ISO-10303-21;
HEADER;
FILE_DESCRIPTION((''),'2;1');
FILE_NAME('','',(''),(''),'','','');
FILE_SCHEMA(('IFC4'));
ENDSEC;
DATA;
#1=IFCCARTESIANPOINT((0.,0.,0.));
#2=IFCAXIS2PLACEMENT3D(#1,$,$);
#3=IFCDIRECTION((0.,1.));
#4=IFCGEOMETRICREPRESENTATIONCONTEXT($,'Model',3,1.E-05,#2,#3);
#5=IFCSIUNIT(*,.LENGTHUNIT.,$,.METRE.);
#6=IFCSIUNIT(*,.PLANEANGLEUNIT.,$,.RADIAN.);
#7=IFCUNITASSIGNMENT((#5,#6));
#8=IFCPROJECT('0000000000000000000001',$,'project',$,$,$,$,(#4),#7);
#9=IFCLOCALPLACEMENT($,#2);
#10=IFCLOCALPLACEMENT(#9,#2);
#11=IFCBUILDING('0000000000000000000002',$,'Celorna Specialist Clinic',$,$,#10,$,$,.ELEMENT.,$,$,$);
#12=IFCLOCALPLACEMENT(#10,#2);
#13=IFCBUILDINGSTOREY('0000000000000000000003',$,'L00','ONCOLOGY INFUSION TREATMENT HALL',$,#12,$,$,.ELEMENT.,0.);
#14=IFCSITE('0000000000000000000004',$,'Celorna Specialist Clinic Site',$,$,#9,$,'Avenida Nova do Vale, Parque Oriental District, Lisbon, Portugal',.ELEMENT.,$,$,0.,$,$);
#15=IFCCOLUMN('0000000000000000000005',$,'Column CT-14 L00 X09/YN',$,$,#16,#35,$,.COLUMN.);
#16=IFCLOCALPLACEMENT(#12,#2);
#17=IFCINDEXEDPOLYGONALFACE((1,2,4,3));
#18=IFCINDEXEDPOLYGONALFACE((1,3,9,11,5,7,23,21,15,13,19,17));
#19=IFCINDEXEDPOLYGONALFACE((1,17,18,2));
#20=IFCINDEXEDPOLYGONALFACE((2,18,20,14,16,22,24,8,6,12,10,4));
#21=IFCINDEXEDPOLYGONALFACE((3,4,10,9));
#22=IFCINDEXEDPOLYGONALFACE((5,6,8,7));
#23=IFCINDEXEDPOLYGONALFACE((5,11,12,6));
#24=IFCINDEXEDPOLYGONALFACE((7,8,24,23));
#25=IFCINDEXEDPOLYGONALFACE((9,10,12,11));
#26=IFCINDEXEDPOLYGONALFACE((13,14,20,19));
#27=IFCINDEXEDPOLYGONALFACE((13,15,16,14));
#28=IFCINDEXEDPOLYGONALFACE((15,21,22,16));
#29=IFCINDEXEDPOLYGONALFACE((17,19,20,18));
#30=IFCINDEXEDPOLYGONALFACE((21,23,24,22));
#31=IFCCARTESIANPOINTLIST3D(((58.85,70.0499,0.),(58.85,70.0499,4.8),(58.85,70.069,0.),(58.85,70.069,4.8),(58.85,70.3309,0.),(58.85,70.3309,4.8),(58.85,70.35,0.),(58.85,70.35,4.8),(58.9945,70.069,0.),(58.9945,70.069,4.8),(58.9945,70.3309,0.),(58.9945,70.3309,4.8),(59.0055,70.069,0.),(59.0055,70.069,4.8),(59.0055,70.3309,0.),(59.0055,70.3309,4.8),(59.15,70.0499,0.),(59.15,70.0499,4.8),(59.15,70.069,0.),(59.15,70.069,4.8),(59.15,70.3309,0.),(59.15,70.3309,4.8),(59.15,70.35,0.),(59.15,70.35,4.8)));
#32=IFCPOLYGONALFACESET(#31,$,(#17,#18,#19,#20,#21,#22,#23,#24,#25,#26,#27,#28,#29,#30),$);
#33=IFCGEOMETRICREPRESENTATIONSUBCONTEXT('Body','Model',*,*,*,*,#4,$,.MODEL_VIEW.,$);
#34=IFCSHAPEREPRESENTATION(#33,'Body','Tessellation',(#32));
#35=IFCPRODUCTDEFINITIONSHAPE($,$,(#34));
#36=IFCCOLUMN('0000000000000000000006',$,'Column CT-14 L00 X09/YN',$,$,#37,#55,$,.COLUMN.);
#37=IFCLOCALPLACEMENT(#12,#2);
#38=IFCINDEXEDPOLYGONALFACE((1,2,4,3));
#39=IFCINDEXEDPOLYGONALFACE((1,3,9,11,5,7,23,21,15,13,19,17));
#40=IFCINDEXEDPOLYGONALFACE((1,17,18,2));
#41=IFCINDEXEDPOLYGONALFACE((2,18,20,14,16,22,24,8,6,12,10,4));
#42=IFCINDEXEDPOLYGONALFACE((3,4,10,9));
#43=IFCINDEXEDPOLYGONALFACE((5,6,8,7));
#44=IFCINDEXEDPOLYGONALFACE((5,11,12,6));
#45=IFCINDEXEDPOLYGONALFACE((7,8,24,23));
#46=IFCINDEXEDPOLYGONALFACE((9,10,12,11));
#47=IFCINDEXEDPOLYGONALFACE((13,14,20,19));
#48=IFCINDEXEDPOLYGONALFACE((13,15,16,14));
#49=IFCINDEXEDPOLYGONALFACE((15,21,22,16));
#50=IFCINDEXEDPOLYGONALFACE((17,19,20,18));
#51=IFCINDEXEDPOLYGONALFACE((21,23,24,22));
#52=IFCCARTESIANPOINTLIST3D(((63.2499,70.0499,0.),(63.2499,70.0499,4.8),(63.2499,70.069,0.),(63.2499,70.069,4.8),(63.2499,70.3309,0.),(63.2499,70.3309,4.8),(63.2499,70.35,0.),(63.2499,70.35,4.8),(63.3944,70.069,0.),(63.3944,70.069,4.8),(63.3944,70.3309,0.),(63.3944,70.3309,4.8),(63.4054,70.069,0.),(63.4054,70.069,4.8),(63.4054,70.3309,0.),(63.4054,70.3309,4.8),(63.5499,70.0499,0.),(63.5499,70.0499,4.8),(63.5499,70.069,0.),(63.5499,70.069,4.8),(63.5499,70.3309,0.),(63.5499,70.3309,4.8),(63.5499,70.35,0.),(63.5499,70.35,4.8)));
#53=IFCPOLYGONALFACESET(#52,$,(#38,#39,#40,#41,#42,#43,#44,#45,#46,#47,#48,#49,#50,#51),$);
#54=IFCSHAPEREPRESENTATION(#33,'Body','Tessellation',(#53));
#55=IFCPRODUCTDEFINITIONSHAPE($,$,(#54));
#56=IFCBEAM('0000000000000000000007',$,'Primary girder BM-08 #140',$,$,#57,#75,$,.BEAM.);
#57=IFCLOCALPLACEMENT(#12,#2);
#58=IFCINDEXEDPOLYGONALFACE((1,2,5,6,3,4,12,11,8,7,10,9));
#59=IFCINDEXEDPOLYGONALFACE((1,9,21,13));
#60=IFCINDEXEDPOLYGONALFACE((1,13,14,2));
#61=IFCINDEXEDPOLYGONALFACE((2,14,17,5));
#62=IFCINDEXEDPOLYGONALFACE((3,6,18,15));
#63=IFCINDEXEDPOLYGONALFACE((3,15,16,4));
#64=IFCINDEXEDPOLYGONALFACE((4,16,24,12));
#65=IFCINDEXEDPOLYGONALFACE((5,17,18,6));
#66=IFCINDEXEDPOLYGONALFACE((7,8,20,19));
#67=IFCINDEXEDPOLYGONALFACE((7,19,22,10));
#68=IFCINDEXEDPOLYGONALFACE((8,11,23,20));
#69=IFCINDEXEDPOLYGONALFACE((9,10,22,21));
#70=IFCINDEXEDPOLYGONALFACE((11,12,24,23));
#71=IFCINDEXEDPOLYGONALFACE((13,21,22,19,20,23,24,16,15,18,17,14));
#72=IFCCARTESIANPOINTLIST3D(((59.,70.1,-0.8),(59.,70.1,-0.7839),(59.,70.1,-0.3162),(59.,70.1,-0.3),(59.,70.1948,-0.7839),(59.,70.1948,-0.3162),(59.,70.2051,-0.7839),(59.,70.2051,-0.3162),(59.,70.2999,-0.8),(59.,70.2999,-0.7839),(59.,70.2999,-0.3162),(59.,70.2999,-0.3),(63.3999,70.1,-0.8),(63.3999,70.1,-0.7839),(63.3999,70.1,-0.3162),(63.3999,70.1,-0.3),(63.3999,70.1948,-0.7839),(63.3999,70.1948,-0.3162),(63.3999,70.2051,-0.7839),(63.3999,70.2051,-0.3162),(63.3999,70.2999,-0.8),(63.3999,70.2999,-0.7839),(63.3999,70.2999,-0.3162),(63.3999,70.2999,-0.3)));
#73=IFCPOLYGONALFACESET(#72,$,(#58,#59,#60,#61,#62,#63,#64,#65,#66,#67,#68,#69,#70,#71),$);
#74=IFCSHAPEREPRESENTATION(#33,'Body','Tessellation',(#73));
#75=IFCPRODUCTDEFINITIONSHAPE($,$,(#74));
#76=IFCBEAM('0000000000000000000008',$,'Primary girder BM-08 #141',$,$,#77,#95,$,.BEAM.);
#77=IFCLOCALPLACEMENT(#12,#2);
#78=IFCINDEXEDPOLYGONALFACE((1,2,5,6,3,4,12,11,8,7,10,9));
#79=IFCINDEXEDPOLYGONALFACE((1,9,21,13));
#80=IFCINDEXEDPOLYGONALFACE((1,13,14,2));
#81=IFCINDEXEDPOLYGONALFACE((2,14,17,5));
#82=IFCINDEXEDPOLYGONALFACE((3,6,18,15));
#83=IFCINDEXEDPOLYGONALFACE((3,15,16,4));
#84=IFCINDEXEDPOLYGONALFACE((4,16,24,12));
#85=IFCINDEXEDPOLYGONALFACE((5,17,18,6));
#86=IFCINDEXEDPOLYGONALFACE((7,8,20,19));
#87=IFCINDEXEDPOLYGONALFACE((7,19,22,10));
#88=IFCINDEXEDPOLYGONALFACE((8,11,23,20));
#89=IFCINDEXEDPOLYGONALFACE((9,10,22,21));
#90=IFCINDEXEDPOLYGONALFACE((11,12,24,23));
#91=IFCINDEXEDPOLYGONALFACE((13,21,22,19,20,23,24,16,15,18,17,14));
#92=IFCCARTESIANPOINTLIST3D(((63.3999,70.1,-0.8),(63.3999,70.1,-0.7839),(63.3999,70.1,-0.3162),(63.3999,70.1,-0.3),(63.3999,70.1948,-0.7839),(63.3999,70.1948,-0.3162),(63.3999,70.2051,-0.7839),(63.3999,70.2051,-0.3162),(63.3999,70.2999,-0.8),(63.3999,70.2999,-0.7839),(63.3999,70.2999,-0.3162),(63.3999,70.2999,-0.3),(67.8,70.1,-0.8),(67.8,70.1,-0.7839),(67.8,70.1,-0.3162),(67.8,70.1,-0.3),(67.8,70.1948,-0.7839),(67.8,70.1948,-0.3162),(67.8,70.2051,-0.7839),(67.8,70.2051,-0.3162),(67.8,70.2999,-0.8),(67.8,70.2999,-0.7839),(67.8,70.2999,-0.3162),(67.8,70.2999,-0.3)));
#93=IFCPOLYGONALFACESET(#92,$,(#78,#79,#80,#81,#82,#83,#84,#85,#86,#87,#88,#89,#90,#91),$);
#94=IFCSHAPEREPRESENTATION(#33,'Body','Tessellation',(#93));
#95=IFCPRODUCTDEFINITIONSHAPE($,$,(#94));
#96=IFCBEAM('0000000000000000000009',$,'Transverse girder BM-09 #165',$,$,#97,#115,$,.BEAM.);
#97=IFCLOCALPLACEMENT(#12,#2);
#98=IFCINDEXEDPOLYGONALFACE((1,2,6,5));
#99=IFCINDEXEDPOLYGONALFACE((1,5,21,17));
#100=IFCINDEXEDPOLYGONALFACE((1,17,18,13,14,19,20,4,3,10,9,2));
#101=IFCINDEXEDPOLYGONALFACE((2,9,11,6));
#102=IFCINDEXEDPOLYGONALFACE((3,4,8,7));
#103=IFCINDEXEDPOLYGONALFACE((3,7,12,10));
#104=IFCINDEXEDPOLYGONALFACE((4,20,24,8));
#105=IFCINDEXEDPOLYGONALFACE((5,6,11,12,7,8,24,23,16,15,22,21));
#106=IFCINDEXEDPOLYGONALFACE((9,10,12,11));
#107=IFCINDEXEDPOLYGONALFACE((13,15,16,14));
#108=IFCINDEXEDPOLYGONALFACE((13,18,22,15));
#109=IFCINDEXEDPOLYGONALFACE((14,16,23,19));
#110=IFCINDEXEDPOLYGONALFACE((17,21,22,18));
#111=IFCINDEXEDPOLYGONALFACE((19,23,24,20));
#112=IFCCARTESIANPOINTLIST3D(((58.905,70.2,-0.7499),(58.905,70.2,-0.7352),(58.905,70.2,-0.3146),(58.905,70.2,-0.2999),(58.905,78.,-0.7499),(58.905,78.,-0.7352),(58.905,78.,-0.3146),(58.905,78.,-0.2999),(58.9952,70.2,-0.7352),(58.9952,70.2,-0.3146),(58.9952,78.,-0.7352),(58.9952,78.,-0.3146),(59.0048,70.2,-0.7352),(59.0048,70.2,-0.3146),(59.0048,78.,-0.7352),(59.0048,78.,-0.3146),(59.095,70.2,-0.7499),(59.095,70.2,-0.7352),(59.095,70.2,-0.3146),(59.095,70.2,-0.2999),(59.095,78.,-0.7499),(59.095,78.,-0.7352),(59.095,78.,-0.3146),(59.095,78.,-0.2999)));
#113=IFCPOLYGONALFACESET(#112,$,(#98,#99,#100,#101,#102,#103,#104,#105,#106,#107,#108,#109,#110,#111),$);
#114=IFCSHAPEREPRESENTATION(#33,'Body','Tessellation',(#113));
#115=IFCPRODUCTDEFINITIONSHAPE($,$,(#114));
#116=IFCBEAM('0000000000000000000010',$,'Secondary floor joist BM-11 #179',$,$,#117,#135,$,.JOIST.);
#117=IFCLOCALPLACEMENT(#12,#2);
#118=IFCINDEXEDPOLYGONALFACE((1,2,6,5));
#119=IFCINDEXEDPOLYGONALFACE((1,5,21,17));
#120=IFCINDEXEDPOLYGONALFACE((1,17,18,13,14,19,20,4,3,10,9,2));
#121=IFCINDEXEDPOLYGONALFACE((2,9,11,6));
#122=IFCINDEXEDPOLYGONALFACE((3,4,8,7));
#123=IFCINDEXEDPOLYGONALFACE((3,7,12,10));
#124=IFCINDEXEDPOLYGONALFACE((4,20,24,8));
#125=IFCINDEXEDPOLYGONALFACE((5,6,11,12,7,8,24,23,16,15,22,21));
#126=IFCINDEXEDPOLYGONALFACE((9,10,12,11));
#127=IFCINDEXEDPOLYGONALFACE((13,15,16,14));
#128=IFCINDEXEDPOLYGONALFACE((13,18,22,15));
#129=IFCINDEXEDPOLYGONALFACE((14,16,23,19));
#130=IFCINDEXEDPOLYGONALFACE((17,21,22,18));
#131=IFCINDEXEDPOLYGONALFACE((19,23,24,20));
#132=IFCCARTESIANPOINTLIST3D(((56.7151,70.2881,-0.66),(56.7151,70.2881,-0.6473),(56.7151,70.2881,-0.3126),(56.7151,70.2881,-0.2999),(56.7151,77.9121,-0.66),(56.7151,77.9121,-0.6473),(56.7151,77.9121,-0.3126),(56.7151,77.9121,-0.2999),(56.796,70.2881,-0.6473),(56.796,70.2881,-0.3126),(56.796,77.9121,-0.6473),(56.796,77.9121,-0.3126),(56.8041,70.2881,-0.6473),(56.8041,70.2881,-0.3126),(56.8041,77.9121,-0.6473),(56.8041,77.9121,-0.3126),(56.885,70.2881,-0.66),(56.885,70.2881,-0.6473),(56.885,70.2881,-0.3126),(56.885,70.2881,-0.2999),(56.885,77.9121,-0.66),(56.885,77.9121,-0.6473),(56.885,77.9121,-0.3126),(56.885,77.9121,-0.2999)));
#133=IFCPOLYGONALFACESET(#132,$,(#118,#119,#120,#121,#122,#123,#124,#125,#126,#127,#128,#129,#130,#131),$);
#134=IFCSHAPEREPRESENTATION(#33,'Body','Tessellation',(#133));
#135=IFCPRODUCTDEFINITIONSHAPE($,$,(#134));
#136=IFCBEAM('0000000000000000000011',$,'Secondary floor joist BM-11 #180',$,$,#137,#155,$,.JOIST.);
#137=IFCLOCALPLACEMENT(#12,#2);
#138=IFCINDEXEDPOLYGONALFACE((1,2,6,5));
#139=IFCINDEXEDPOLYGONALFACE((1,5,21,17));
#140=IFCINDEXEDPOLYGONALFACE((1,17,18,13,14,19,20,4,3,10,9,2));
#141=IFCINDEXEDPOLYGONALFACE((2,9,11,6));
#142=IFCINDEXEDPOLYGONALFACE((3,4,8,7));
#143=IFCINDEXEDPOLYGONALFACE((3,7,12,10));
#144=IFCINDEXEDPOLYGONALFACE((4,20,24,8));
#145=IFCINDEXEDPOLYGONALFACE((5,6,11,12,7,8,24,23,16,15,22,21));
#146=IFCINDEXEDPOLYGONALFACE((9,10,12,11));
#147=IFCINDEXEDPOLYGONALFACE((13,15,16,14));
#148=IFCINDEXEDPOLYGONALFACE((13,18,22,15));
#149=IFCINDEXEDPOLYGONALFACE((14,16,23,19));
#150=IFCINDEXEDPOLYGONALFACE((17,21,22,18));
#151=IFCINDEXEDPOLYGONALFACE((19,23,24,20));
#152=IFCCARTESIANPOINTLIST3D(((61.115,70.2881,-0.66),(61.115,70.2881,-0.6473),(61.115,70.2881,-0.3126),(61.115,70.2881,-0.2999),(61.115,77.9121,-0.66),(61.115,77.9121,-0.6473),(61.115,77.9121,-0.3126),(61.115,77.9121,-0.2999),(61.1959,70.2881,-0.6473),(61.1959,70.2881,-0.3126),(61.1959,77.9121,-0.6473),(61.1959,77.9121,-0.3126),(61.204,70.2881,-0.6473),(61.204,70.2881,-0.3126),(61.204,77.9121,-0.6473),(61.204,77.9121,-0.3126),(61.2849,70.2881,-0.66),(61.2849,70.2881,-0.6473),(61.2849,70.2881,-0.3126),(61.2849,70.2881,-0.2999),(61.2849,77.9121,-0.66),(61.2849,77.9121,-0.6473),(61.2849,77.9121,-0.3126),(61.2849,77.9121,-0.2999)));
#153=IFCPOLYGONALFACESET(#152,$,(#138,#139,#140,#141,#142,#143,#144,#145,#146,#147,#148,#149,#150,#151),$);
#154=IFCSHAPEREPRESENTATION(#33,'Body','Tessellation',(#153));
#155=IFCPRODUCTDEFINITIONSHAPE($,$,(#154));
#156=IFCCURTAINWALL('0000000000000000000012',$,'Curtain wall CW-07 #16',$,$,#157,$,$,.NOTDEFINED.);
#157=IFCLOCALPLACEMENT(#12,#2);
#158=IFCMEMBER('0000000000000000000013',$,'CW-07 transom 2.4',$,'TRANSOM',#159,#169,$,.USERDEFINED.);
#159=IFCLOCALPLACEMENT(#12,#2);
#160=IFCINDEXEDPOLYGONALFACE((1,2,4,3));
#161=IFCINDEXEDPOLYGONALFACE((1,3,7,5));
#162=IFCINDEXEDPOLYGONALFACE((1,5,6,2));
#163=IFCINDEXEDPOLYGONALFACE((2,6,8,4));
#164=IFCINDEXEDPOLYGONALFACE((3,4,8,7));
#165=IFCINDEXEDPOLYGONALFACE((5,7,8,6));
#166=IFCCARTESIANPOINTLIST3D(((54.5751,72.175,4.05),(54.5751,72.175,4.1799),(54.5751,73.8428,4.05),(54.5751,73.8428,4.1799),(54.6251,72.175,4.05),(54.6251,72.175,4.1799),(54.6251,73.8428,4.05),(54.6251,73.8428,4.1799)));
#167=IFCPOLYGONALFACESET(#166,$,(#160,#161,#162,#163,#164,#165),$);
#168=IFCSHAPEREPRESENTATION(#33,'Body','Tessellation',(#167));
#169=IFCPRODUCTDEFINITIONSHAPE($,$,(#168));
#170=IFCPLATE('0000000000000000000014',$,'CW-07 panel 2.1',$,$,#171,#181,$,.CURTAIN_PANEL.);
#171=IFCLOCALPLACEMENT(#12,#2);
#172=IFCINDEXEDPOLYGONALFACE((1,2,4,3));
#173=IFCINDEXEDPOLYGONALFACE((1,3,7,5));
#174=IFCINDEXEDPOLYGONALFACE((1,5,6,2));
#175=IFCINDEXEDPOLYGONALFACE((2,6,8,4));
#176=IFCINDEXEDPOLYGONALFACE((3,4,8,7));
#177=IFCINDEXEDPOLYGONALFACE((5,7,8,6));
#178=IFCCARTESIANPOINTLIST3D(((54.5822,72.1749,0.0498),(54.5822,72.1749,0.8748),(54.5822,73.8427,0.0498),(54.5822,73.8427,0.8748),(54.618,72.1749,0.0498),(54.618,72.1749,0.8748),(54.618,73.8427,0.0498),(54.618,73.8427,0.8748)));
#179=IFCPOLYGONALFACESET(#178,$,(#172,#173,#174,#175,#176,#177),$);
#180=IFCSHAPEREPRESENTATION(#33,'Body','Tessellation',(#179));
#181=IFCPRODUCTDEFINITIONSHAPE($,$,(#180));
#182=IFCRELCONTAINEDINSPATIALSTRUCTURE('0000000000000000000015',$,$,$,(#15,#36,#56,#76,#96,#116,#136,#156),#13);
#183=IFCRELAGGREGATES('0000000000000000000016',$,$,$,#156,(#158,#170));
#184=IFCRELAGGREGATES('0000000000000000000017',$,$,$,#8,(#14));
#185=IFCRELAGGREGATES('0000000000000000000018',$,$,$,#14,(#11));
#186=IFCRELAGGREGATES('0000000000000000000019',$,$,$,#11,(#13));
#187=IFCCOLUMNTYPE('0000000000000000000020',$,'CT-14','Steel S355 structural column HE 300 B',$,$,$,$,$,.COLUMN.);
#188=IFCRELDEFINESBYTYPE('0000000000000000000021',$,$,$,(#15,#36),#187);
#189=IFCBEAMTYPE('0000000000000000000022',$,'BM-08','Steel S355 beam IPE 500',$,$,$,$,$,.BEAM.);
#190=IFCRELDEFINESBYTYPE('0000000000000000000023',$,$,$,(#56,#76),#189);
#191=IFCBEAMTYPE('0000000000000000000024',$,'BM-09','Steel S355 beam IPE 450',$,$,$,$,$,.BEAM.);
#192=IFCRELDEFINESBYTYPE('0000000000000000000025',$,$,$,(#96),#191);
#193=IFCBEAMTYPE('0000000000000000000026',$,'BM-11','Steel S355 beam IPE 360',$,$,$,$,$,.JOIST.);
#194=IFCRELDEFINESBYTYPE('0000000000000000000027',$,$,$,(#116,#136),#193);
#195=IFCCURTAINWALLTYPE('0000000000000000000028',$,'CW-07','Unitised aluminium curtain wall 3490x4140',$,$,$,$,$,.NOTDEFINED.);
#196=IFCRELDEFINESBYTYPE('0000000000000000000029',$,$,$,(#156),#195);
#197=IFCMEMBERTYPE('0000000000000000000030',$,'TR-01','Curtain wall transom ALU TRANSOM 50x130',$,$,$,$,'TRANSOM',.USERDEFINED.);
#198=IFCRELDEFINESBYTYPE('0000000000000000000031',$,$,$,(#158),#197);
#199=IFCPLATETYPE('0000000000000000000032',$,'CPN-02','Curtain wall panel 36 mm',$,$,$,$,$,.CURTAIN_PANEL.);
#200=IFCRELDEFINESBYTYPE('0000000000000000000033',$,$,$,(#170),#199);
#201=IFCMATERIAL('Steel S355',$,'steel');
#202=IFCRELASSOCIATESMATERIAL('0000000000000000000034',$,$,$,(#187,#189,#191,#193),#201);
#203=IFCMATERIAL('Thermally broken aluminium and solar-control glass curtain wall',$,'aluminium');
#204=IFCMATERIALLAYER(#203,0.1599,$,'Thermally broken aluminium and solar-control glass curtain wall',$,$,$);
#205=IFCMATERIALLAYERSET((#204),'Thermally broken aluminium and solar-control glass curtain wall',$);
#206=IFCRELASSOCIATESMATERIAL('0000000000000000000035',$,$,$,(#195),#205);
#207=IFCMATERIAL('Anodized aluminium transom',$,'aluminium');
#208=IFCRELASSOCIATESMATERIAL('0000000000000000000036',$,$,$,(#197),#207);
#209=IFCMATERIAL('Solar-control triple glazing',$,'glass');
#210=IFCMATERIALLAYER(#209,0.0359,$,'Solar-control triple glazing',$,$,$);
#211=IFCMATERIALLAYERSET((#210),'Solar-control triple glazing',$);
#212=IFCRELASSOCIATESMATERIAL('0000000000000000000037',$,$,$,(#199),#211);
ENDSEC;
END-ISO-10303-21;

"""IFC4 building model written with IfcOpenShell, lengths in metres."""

from ifc_helpers import new_model, si_unit, direction, frame, origin, origin_2d, place, context, subcontext, project, spatial, rectangle, i_section, extrude, material, layer, layer_set, material_profile, profile_set, type_object, element, aggregate, save


model = new_model("IFC4")

# Units and contexts
model_context = context("Model", 3, precision=1e-05, world=origin(), true_north=direction((0.0, 1.0)))
body_context = subcontext(model_context, "Body", "Model", "MODEL_VIEW")
ifc_project = project(units=[si_unit("LENGTHUNIT", "METRE"), si_unit("PLANEANGLEUNIT", "RADIAN")], contexts=[model_context])

# Site, building, storey
site_placement = place(None, origin())
site = spatial("IfcSite", under=ifc_project, at=site_placement, Name="Celorna Specialist Clinic Site", LongName="Avenida Nova do Vale, Parque Oriental District, Lisbon, Portugal", CompositionType="ELEMENT", RefElevation=0.0)
building_placement = place(site_placement, origin())
building = spatial("IfcBuilding", under=site, at=building_placement, Name="Celorna Specialist Clinic", CompositionType="ELEMENT")
storey_placement = place(building_placement, origin())
storey = spatial("IfcBuildingStorey", under=building, at=storey_placement, Name="L00", Description="ONCOLOGY INFUSION TREATMENT HALL", CompositionType="ELEMENT", Elevation=0.0)

# Columns
ifc_material_1 = material(Name="Steel S355", Category="steel")
ifc_material_profile_1 = material_profile(ifc_material_1, i_section(OverallWidth=0.3, OverallDepth=0.3, WebThickness=0.011, FlangeThickness=0.019, at=origin_2d()), Name="HE 300 B")
ifc_profile_set_1 = profile_set([ifc_material_profile_1], Name="Steel S355")
column_type = type_object("IfcColumnType", Name="CT-14", Description="Steel S355 structural column HE 300 B", PredefinedType="COLUMN", material=ifc_profile_set_1)
for number, where, z_axis, x_axis, name in (
    (1, (59.0, 70.2, 0.0), (0.0, 0.0, 1.0), (1.0, 0.0, 0.0), "Column CT-14 L00 X09/YN"),
    (2, (63.3999, 70.2, 0.0), (0.0, 0.0, 1.0), (1.0, 0.0, 0.0), "Column CT-14 L00 X09/YN"),
):
    element("IfcColumn", number, at=place(storey_placement, frame(where, z_axis=z_axis, x_axis=x_axis)), inside=storey, type_object=column_type, Name=name, PredefinedType="COLUMN", context=body_context, shape_type="SweptSolid", body=[
        extrude(i_section(OverallWidth=0.3, OverallDepth=0.3, WebThickness=0.011, FlangeThickness=0.019, at=origin_2d()), origin(), (0.0, 0.0, 1.0), 4.8),
    ])

# Beams
ifc_material_profile_2 = material_profile(ifc_material_1, i_section(OverallWidth=0.2, OverallDepth=0.5, WebThickness=0.0103, FlangeThickness=0.0161, at=origin_2d()), Name="IPE 500")
ifc_profile_set_2 = profile_set([ifc_material_profile_2], Name="Steel S355")
beam_type_1 = type_object("IfcBeamType", Name="BM-08", Description="Steel S355 beam IPE 500", PredefinedType="BEAM", material=ifc_profile_set_2)
beam_1_placement = place(storey_placement, frame((59.0, 70.2, -0.55), z_axis=(1.0, 0.0, 0.0), x_axis=(0.0, 1.0, 0.0)))
element("IfcBeam", 3, at=beam_1_placement, inside=storey, type_object=beam_type_1, Name="Primary girder BM-08 #140", PredefinedType="BEAM", context=body_context, shape_type="SweptSolid", body=[
    extrude(i_section(OverallWidth=0.2, OverallDepth=0.5, WebThickness=0.0103, FlangeThickness=0.0161, at=origin_2d()), origin(), (0.0, 0.0, 1.0), 4.3999),
])
beam_2_placement = place(storey_placement, frame((63.3999, 70.2, -0.55), z_axis=(1.0, 0.0, 0.0), x_axis=(0.0, 1.0, 0.0)))
element("IfcBeam", 4, at=beam_2_placement, inside=storey, type_object=beam_type_1, Name="Primary girder BM-08 #141", PredefinedType="BEAM", context=body_context, shape_type="SweptSolid", body=[
    extrude(i_section(OverallWidth=0.2, OverallDepth=0.5, WebThickness=0.0103, FlangeThickness=0.0161, at=origin_2d()), origin(), (0.0, 0.0, 1.0), 4.4001),
])
ifc_material_profile_3 = material_profile(ifc_material_1, i_section(OverallWidth=0.1899, OverallDepth=0.45, WebThickness=0.0095, FlangeThickness=0.0146, at=origin_2d()), Name="IPE 450")
ifc_profile_set_3 = profile_set([ifc_material_profile_3], Name="Steel S355")
beam_type_2 = type_object("IfcBeamType", Name="BM-09", Description="Steel S355 beam IPE 450", PredefinedType="BEAM", material=ifc_profile_set_3)
beam_3_placement = place(storey_placement, frame((59.0, 70.2, -0.5249), z_axis=(0.0, 1.0, 0.0), x_axis=(-1.0, 0.0, 0.0)))
element("IfcBeam", 5, at=beam_3_placement, inside=storey, type_object=beam_type_2, Name="Transverse girder BM-09 #165", PredefinedType="BEAM", context=body_context, shape_type="SweptSolid", body=[
    extrude(i_section(OverallWidth=0.1899, OverallDepth=0.45, WebThickness=0.0095, FlangeThickness=0.0146, at=origin_2d()), origin(), (0.0, 0.0, 1.0), 7.8),
])
ifc_material_profile_4 = material_profile(ifc_material_1, i_section(OverallWidth=0.1699, OverallDepth=0.3601, WebThickness=0.0081, FlangeThickness=0.0127, at=origin_2d()), Name="IPE 360")
ifc_profile_set_4 = profile_set([ifc_material_profile_4], Name="Steel S355")
beam_type_3 = type_object("IfcBeamType", Name="BM-11", Description="Steel S355 beam IPE 360", PredefinedType="JOIST", material=ifc_profile_set_4)
for number, where, z_axis, x_axis, name in (
    (6, (56.8, 70.2881, -0.48), (0.0, 1.0, 0.0), (-1.0, 0.0, 0.0), "Secondary floor joist BM-11 #179"),
    (7, (61.2, 70.2881, -0.48), (0.0, 1.0, 0.0), (-1.0, 0.0, 0.0), "Secondary floor joist BM-11 #180"),
):
    element("IfcBeam", number, at=place(storey_placement, frame(where, z_axis=z_axis, x_axis=x_axis)), inside=storey, type_object=beam_type_3, Name=name, PredefinedType="JOIST", context=body_context, shape_type="SweptSolid", body=[
        extrude(i_section(OverallWidth=0.1699, OverallDepth=0.3601, WebThickness=0.0081, FlangeThickness=0.0127, at=origin_2d()), origin(), (0.0, 0.0, 1.0), 7.624),
    ])

# Curtain wall, member, plate
ifc_material_2 = material(Name="Thermally broken aluminium and solar-control glass curtain wall", Category="aluminium")
ifc_layer_1 = layer(ifc_material_2, 0.1599, Name="Thermally broken aluminium and solar-control glass curtain wall")
ifc_layer_set_1 = layer_set([ifc_layer_1], Name="Thermally broken aluminium and solar-control glass curtain wall")
curtain_wall_type = type_object("IfcCurtainWallType", Name="CW-07", Description="Unitised aluminium curtain wall 3490x4140", PredefinedType="NOTDEFINED", material=ifc_layer_set_1)
curtain_wall_placement = place(storey_placement, origin())
curtain_wall = element("IfcCurtainWall", 8, at=curtain_wall_placement, inside=storey, type_object=curtain_wall_type, Name="Curtain wall CW-07 #16", PredefinedType="NOTDEFINED")
ifc_material_3 = material(Name="Anodized aluminium transom", Category="aluminium")
ifc_material_profile_5 = material_profile(ifc_material_3, rectangle(XDim=0.05, YDim=0.1299, at=origin_2d()), Name="ALU TRANSOM 50x130")
ifc_profile_set_5 = profile_set([ifc_material_profile_5], Name="Anodized aluminium transom")
member_type = type_object("IfcMemberType", Name="TR-01", Description="Curtain wall transom ALU TRANSOM 50x130", ElementType="TRANSOM", PredefinedType="USERDEFINED", material=ifc_profile_set_5)
member_placement = place(storey_placement, frame((54.6001, 72.175, 4.115), z_axis=(0.0, 1.0, 0.0), x_axis=(-1.0, 0.0, 0.0)))
member = element("IfcMember", 9, at=member_placement, type_object=member_type, Name="CW-07 transom 2.4", ObjectType="TRANSOM", PredefinedType="USERDEFINED", context=body_context, shape_type="SweptSolid", body=[
    extrude(rectangle(XDim=0.05, YDim=0.1299, at=origin_2d()), origin(), (0.0, 0.0, 1.0), 1.6677),
])
ifc_material_4 = material(Name="Solar-control triple glazing", Category="glass")
ifc_layer_2 = layer(ifc_material_4, 0.0359, Name="Solar-control triple glazing")
ifc_layer_set_2 = layer_set([ifc_layer_2], Name="Solar-control triple glazing")
plate_type = type_object("IfcPlateType", Name="CPN-02", Description="Curtain wall panel 36 mm", PredefinedType="CURTAIN_PANEL", material=ifc_layer_set_2)
plate_1_placement = place(storey_placement, frame((54.6001, 73.0088, 0.0498), z_axis=(0.0, 0.0, 1.0), x_axis=(0.0, 1.0, 0.0)))
plate_1 = element("IfcPlate", 10, at=plate_1_placement, type_object=plate_type, Name="CW-07 panel 2.1", PredefinedType="CURTAIN_PANEL", context=body_context, shape_type="SweptSolid", body=[
    extrude(rectangle(XDim=1.6677, YDim=0.0359, at=origin_2d()), origin(), (0.0, 0.0, 1.0), 0.825),
])
aggregate(curtain_wall, [member, plate_1])

save(model, "model.ifc")
